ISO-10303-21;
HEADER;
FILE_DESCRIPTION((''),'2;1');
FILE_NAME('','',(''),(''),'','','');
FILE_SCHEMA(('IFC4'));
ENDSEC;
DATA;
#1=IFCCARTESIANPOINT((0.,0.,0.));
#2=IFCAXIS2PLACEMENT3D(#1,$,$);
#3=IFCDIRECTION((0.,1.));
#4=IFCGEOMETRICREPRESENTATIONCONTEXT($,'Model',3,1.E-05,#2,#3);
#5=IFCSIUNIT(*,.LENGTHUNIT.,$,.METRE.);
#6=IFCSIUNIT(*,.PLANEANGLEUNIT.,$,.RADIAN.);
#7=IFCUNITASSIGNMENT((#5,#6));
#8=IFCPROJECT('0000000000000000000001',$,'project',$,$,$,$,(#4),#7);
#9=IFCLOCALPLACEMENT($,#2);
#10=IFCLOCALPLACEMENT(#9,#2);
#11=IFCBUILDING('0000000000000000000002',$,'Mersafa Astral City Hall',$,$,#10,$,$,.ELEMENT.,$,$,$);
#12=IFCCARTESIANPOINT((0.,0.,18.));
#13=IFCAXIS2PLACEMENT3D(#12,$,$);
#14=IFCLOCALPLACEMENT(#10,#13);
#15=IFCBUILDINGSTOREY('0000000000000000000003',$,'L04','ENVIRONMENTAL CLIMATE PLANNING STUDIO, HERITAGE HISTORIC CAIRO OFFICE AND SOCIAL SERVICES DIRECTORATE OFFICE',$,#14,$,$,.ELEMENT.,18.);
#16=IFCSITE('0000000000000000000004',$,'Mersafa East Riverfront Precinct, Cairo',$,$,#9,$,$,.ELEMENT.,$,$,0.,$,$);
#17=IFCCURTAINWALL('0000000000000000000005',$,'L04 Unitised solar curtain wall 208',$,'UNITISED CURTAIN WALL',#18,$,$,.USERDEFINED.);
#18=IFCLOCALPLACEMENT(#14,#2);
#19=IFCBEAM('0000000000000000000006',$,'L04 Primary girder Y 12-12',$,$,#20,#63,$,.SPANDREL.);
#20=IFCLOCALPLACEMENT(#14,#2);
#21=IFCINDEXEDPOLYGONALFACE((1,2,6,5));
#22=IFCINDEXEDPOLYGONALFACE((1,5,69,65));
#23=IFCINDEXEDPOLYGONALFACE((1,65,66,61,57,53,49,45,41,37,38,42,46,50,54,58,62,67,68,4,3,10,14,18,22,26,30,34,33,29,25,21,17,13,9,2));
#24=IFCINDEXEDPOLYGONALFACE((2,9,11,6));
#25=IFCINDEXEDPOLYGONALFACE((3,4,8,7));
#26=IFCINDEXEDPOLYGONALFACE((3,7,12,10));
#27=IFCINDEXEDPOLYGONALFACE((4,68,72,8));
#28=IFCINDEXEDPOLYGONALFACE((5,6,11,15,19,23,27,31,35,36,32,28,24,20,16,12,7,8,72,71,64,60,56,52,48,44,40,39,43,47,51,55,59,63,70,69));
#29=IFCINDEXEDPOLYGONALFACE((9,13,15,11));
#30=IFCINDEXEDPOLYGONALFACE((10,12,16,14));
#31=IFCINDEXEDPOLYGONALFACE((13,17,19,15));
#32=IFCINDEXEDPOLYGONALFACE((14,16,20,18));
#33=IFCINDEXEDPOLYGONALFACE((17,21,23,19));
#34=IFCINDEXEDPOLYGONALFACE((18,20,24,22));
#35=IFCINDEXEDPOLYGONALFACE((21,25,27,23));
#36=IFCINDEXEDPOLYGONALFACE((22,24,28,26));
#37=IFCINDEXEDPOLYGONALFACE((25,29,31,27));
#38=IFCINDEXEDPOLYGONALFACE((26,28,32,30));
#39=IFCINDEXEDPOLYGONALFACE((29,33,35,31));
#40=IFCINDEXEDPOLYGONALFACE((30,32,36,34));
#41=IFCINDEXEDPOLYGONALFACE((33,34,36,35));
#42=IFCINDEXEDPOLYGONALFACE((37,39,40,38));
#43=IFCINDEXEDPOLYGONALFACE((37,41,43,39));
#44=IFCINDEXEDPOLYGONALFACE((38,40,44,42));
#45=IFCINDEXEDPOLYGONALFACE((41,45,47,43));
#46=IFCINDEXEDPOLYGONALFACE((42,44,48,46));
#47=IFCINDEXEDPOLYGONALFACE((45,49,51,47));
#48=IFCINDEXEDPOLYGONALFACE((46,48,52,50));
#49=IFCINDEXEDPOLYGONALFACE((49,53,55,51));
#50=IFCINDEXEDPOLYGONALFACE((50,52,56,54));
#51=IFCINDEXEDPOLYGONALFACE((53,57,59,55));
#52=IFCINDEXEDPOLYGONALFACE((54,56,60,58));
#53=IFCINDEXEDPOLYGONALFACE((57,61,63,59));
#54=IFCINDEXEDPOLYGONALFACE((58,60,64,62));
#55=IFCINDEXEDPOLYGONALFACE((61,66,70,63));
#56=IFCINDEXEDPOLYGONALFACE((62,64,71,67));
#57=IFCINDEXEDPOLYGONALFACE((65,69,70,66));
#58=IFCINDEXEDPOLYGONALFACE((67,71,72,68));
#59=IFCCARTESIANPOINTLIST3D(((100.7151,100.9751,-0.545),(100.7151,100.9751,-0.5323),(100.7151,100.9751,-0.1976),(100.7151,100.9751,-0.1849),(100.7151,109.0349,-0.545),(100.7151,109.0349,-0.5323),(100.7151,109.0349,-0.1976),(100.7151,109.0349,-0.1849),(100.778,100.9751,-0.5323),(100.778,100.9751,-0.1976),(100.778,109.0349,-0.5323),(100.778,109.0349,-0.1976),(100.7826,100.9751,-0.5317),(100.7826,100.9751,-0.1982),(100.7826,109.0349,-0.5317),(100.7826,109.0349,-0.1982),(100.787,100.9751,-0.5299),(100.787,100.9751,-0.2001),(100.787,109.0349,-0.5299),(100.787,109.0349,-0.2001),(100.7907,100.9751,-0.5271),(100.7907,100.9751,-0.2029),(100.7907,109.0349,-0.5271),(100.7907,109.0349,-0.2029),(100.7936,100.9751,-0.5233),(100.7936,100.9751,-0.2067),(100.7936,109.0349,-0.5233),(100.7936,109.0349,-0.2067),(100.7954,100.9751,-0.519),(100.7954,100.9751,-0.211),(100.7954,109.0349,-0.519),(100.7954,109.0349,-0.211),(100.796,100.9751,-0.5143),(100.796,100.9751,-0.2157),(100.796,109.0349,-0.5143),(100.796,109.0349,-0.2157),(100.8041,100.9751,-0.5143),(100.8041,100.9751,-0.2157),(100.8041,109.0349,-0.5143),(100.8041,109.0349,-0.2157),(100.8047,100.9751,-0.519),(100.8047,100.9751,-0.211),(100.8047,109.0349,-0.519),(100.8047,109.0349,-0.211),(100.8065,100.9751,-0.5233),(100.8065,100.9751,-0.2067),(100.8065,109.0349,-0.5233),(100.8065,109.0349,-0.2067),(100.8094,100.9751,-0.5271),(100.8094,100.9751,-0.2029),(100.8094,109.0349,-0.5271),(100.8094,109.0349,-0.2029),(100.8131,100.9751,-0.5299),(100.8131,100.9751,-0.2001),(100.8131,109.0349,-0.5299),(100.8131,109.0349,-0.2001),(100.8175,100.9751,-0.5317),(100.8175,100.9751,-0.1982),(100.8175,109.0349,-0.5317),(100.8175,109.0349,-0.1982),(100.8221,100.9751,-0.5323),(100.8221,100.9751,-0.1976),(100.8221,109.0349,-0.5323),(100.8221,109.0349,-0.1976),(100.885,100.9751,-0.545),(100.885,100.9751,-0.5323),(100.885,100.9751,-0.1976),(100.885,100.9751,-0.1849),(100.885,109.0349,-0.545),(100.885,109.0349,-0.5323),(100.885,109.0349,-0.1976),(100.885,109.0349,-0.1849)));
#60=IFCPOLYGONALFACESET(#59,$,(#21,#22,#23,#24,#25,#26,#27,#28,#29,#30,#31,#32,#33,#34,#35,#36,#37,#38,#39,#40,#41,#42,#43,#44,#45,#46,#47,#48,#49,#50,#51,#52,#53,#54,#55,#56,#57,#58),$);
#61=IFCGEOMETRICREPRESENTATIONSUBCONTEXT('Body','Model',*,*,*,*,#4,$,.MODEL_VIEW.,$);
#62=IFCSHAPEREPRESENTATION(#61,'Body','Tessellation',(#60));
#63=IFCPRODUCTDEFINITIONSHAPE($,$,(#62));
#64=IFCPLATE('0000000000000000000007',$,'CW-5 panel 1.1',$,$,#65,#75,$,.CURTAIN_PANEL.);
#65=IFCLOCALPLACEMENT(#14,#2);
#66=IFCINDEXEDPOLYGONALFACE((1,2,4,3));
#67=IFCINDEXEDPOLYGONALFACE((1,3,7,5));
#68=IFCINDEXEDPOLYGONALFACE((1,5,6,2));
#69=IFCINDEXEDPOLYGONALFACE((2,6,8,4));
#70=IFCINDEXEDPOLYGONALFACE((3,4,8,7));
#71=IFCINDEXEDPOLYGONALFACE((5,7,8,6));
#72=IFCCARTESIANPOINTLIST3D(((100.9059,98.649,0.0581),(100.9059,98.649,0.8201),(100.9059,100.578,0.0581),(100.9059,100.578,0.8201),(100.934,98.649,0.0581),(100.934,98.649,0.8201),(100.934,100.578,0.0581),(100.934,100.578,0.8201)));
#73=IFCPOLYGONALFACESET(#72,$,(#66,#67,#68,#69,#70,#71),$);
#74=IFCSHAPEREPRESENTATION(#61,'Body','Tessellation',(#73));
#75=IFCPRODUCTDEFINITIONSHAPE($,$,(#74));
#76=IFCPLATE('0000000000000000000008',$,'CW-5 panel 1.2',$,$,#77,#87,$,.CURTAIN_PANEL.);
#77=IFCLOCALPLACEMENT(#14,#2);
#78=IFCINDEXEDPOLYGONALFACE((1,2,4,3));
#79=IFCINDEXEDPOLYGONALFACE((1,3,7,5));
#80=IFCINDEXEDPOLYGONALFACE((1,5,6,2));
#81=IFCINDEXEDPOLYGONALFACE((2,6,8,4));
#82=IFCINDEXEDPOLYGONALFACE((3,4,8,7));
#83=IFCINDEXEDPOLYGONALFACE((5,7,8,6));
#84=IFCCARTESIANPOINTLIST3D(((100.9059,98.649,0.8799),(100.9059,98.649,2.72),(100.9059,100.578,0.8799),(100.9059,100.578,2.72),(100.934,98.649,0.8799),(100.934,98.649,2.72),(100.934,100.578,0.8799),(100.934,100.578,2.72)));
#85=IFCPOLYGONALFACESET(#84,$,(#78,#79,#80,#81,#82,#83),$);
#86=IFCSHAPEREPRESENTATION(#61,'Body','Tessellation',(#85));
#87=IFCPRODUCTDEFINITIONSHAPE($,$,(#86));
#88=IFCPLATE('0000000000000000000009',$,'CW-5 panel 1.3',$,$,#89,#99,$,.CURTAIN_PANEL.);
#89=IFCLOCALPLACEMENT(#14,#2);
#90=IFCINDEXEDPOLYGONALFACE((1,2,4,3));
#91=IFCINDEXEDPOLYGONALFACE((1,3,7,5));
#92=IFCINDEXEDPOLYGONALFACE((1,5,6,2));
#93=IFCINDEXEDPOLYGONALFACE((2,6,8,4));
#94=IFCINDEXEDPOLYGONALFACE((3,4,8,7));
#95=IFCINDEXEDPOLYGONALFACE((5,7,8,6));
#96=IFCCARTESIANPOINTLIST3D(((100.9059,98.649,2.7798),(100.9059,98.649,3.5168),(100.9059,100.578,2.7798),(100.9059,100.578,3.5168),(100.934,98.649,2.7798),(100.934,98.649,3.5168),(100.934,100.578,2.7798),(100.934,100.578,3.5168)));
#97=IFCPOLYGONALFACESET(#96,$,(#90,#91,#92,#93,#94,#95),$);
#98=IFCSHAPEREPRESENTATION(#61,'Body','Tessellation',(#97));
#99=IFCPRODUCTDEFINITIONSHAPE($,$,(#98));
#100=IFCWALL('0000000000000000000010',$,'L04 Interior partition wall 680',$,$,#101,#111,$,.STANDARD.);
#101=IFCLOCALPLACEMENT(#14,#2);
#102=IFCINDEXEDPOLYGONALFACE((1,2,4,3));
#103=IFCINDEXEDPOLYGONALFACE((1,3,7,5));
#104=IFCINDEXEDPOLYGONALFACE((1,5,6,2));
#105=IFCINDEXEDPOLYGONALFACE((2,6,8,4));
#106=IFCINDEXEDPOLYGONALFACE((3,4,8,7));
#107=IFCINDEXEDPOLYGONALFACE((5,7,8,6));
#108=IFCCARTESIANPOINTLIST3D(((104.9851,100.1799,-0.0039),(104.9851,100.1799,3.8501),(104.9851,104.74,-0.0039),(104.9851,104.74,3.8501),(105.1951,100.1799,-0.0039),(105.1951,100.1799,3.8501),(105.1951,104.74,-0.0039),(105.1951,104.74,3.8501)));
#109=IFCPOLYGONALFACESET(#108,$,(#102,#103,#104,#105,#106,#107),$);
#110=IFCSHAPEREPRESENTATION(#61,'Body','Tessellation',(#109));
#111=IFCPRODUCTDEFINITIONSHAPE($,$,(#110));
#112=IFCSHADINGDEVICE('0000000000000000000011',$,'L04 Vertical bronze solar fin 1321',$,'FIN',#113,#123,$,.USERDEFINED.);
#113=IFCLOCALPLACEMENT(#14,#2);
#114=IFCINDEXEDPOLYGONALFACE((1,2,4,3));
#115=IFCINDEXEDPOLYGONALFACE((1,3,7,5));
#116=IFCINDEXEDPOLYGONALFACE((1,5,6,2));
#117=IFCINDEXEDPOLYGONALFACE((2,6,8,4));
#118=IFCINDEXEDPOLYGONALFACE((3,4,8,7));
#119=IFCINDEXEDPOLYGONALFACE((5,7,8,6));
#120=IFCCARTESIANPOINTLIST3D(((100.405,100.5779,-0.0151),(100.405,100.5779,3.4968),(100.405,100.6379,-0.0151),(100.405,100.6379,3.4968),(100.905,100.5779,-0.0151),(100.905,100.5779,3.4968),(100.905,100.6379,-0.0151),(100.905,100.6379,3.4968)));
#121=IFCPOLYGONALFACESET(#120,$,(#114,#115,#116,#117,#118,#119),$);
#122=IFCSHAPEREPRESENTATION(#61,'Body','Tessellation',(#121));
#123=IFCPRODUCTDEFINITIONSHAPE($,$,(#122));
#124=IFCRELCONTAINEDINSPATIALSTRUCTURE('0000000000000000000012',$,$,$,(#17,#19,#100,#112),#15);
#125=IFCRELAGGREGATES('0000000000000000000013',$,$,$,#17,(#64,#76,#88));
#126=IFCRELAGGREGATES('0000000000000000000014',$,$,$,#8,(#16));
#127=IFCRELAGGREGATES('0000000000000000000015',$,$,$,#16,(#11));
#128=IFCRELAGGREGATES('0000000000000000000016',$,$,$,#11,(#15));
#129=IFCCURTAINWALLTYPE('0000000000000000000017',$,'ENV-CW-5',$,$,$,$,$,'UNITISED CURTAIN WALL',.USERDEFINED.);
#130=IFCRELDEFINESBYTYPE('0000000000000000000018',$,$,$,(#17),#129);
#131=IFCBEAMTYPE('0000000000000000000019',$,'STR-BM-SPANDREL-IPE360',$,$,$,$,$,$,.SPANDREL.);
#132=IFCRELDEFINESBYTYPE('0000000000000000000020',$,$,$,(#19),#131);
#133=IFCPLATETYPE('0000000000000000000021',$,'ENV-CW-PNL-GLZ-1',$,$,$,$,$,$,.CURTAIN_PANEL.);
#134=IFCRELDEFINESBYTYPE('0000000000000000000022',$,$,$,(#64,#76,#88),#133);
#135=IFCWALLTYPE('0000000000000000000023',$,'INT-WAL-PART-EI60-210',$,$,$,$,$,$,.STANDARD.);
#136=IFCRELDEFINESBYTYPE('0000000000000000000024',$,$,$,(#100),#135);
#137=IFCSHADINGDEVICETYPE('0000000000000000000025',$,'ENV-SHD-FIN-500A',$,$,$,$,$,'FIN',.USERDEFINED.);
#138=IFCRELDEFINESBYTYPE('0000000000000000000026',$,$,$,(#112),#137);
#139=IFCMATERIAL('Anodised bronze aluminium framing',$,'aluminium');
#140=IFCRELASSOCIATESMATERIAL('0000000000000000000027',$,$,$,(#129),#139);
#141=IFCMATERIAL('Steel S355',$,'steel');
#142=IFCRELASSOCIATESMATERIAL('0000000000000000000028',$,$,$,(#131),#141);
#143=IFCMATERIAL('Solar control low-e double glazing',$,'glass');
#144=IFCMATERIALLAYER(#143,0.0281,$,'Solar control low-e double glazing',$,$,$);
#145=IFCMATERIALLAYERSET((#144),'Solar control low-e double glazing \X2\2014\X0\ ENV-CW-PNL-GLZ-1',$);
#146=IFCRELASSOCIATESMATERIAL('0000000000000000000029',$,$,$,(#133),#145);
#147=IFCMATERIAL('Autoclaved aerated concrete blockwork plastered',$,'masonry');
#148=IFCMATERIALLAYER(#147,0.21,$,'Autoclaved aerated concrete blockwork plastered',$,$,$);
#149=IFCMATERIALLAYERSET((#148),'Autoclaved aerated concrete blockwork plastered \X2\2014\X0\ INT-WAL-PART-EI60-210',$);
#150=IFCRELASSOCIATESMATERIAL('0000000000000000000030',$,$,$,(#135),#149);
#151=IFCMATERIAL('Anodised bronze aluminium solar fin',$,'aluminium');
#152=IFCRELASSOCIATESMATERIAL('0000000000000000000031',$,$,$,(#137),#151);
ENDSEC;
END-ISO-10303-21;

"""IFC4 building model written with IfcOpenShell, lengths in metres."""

from ifc_helpers import new_model, si_unit, direction, frame, frame_2d, origin, origin_2d, place, context, subcontext, project, spatial, rectangle, i_section, extrude, material, layer, layer_set, material_profile, profile_set, type_object, element, aggregate, save


model = new_model("IFC4")

# Units and contexts
model_context = context("Model", 3, precision=1e-05, world=origin(), true_north=direction((0.0, 1.0)))
body_context = subcontext(model_context, "Body", "Model", "MODEL_VIEW")
ifc_project = project(units=[si_unit("LENGTHUNIT", "METRE"), si_unit("PLANEANGLEUNIT", "RADIAN")], contexts=[model_context])

# Site, building, storey
site_placement = place(None, origin())
site = spatial("IfcSite", under=ifc_project, at=site_placement, Name="Mersafa East Riverfront Precinct, Cairo", CompositionType="ELEMENT", RefElevation=0.0)
building_placement = place(site_placement, origin())
building = spatial("IfcBuilding", under=site, at=building_placement, Name="Mersafa Astral City Hall", CompositionType="ELEMENT")
storey_placement = place(building_placement, frame((0.0, 0.0, 18.0)))
storey = spatial("IfcBuildingStorey", under=building, at=storey_placement, Name="L04", Description="ENVIRONMENTAL CLIMATE PLANNING STUDIO, HERITAGE HISTORIC CAIRO OFFICE AND SOCIAL SERVICES DIRECTORATE OFFICE", CompositionType="ELEMENT", Elevation=18.0)

# Shared definitions
ifc_material_1 = material(Name="Steel S355", Category="steel")

# Curtain wall
ifc_material_2 = material(Name="Anodised bronze aluminium framing", Category="aluminium")
curtain_wall_type = type_object("IfcCurtainWallType", Name="ENV-CW-5", ElementType="UNITISED CURTAIN WALL", PredefinedType="USERDEFINED", material=ifc_material_2)
curtain_wall_placement = place(storey_placement, origin())
curtain_wall = element("IfcCurtainWall", 1, at=curtain_wall_placement, inside=storey, type_object=curtain_wall_type, Name="L04 Unitised solar curtain wall 208", ObjectType="UNITISED CURTAIN WALL", PredefinedType="USERDEFINED")

# Beam
ifc_material_profile_1 = material_profile(ifc_material_1, i_section(OverallWidth=0.1699, OverallDepth=0.3601, WebThickness=0.0081, FlangeThickness=0.0127, FilletRadius=0.0181, at=origin_2d()), Name="IPE 360")
ifc_profile_set_1 = profile_set([ifc_material_profile_1], Name="Steel S355")
beam_type_1 = type_object("IfcBeamType", Name="STR-BM-SPANDREL-IPE360", PredefinedType="SPANDREL", material=ifc_profile_set_1)
beam_1_placement = place(storey_placement, frame((100.8, 100.9751, -0.365), z_axis=(0.0, 1.0, 0.0), x_axis=(-1.0, 0.0, 0.0)))
element("IfcBeam", 2, at=beam_1_placement, inside=storey, type_object=beam_type_1, Name="L04 Primary girder Y 12-12", PredefinedType="SPANDREL", context=body_context, shape_type="SweptSolid", body=[
    extrude(i_section(OverallWidth=0.1699, OverallDepth=0.3601, WebThickness=0.0081, FlangeThickness=0.0127, FilletRadius=0.0181, at=origin_2d()), origin(), (0.0, 0.0, 1.0), 8.0598),
])

# Plates
ifc_material_3 = material(Name="Solar control low-e double glazing", Category="glass")
ifc_layer_1 = layer(ifc_material_3, 0.0281, Name="Solar control low-e double glazing")
ifc_layer_set_1 = layer_set([ifc_layer_1], Name="Solar control low-e double glazing — ENV-CW-PNL-GLZ-1")
plate_type = type_object("IfcPlateType", Name="ENV-CW-PNL-GLZ-1", PredefinedType="CURTAIN_PANEL", material=ifc_layer_set_1)
plate_1_placement = place(storey_placement, frame((100.9199, 99.6135, 0.0581), z_axis=(0.0, 0.0, 1.0), x_axis=(0.0, -1.0, 0.0)))
plate_1 = element("IfcPlate", 3, at=plate_1_placement, type_object=plate_type, Name="CW-5 panel 1.1", PredefinedType="CURTAIN_PANEL", context=body_context, shape_type="SweptSolid", body=[
    extrude(rectangle(XDim=1.929, YDim=0.0281, at=origin_2d()), origin(), (0.0, 0.0, 1.0), 0.762),
])
plate_2_placement = place(storey_placement, frame((100.9199, 99.6135, 0.8799), z_axis=(0.0, 0.0, 1.0), x_axis=(0.0, -1.0, 0.0)))
plate_2 = element("IfcPlate", 4, at=plate_2_placement, type_object=plate_type, Name="CW-5 panel 1.2", PredefinedType="CURTAIN_PANEL", context=body_context, shape_type="SweptSolid", body=[
    extrude(rectangle(XDim=1.929, YDim=0.0281, at=origin_2d()), origin(), (0.0, 0.0, 1.0), 1.8401),
])
plate_3_placement = place(storey_placement, frame((100.9199, 99.6135, 2.7798), z_axis=(0.0, 0.0, 1.0), x_axis=(0.0, -1.0, 0.0)))
plate_3 = element("IfcPlate", 5, at=plate_3_placement, type_object=plate_type, Name="CW-5 panel 1.3", PredefinedType="CURTAIN_PANEL", context=body_context, shape_type="SweptSolid", body=[
    extrude(rectangle(XDim=1.929, YDim=0.0281, at=origin_2d()), origin(), (0.0, 0.0, 1.0), 0.7371),
])
aggregate(curtain_wall, [plate_1, plate_2, plate_3])

# Wall
ifc_material_4 = material(Name="Autoclaved aerated concrete blockwork plastered", Category="masonry")
ifc_layer_2 = layer(ifc_material_4, 0.21, Name="Autoclaved aerated concrete blockwork plastered")
ifc_layer_set_2 = layer_set([ifc_layer_2], Name="Autoclaved aerated concrete blockwork plastered — INT-WAL-PART-EI60-210")
wall_type = type_object("IfcWallType", Name="INT-WAL-PART-EI60-210", PredefinedType="STANDARD", material=ifc_layer_set_2)
wall_placement = place(storey_placement, frame((105.0901, 100.1799, -0.0039), z_axis=(0.0, 0.0, 1.0), x_axis=(0.0, 1.0, 0.0)))
element("IfcWall", 6, at=wall_placement, inside=storey, type_object=wall_type, Name="L04 Interior partition wall 680", PredefinedType="STANDARD", context=body_context, shape_type="SweptSolid", body=[
    extrude(rectangle(XDim=4.5601, YDim=0.21, at=frame_2d((2.28, 0.0))), origin(), (0.0, 0.0, 1.0), 3.854),
])

# Shading device
ifc_material_5 = material(Name="Anodised bronze aluminium solar fin", Category="aluminium")
shading_device_type = type_object("IfcShadingDeviceType", Name="ENV-SHD-FIN-500A", ElementType="FIN", PredefinedType="USERDEFINED", material=ifc_material_5)
shading_device_placement = place(storey_placement, frame((100.655, 100.6079, -0.0151), z_axis=(0.0, 0.0, 1.0), x_axis=(0.0, -1.0, 0.0)))
element("IfcShadingDevice", 7, at=shading_device_placement, inside=storey, type_object=shading_device_type, Name="L04 Vertical bronze solar fin 1321", ObjectType="FIN", PredefinedType="USERDEFINED", context=body_context, shape_type="SweptSolid", body=[
    extrude(rectangle(XDim=0.0601, YDim=0.5, at=origin_2d()), origin(), (0.0, 0.0, 1.0), 3.512),
])

save(model, "model.ifc")
